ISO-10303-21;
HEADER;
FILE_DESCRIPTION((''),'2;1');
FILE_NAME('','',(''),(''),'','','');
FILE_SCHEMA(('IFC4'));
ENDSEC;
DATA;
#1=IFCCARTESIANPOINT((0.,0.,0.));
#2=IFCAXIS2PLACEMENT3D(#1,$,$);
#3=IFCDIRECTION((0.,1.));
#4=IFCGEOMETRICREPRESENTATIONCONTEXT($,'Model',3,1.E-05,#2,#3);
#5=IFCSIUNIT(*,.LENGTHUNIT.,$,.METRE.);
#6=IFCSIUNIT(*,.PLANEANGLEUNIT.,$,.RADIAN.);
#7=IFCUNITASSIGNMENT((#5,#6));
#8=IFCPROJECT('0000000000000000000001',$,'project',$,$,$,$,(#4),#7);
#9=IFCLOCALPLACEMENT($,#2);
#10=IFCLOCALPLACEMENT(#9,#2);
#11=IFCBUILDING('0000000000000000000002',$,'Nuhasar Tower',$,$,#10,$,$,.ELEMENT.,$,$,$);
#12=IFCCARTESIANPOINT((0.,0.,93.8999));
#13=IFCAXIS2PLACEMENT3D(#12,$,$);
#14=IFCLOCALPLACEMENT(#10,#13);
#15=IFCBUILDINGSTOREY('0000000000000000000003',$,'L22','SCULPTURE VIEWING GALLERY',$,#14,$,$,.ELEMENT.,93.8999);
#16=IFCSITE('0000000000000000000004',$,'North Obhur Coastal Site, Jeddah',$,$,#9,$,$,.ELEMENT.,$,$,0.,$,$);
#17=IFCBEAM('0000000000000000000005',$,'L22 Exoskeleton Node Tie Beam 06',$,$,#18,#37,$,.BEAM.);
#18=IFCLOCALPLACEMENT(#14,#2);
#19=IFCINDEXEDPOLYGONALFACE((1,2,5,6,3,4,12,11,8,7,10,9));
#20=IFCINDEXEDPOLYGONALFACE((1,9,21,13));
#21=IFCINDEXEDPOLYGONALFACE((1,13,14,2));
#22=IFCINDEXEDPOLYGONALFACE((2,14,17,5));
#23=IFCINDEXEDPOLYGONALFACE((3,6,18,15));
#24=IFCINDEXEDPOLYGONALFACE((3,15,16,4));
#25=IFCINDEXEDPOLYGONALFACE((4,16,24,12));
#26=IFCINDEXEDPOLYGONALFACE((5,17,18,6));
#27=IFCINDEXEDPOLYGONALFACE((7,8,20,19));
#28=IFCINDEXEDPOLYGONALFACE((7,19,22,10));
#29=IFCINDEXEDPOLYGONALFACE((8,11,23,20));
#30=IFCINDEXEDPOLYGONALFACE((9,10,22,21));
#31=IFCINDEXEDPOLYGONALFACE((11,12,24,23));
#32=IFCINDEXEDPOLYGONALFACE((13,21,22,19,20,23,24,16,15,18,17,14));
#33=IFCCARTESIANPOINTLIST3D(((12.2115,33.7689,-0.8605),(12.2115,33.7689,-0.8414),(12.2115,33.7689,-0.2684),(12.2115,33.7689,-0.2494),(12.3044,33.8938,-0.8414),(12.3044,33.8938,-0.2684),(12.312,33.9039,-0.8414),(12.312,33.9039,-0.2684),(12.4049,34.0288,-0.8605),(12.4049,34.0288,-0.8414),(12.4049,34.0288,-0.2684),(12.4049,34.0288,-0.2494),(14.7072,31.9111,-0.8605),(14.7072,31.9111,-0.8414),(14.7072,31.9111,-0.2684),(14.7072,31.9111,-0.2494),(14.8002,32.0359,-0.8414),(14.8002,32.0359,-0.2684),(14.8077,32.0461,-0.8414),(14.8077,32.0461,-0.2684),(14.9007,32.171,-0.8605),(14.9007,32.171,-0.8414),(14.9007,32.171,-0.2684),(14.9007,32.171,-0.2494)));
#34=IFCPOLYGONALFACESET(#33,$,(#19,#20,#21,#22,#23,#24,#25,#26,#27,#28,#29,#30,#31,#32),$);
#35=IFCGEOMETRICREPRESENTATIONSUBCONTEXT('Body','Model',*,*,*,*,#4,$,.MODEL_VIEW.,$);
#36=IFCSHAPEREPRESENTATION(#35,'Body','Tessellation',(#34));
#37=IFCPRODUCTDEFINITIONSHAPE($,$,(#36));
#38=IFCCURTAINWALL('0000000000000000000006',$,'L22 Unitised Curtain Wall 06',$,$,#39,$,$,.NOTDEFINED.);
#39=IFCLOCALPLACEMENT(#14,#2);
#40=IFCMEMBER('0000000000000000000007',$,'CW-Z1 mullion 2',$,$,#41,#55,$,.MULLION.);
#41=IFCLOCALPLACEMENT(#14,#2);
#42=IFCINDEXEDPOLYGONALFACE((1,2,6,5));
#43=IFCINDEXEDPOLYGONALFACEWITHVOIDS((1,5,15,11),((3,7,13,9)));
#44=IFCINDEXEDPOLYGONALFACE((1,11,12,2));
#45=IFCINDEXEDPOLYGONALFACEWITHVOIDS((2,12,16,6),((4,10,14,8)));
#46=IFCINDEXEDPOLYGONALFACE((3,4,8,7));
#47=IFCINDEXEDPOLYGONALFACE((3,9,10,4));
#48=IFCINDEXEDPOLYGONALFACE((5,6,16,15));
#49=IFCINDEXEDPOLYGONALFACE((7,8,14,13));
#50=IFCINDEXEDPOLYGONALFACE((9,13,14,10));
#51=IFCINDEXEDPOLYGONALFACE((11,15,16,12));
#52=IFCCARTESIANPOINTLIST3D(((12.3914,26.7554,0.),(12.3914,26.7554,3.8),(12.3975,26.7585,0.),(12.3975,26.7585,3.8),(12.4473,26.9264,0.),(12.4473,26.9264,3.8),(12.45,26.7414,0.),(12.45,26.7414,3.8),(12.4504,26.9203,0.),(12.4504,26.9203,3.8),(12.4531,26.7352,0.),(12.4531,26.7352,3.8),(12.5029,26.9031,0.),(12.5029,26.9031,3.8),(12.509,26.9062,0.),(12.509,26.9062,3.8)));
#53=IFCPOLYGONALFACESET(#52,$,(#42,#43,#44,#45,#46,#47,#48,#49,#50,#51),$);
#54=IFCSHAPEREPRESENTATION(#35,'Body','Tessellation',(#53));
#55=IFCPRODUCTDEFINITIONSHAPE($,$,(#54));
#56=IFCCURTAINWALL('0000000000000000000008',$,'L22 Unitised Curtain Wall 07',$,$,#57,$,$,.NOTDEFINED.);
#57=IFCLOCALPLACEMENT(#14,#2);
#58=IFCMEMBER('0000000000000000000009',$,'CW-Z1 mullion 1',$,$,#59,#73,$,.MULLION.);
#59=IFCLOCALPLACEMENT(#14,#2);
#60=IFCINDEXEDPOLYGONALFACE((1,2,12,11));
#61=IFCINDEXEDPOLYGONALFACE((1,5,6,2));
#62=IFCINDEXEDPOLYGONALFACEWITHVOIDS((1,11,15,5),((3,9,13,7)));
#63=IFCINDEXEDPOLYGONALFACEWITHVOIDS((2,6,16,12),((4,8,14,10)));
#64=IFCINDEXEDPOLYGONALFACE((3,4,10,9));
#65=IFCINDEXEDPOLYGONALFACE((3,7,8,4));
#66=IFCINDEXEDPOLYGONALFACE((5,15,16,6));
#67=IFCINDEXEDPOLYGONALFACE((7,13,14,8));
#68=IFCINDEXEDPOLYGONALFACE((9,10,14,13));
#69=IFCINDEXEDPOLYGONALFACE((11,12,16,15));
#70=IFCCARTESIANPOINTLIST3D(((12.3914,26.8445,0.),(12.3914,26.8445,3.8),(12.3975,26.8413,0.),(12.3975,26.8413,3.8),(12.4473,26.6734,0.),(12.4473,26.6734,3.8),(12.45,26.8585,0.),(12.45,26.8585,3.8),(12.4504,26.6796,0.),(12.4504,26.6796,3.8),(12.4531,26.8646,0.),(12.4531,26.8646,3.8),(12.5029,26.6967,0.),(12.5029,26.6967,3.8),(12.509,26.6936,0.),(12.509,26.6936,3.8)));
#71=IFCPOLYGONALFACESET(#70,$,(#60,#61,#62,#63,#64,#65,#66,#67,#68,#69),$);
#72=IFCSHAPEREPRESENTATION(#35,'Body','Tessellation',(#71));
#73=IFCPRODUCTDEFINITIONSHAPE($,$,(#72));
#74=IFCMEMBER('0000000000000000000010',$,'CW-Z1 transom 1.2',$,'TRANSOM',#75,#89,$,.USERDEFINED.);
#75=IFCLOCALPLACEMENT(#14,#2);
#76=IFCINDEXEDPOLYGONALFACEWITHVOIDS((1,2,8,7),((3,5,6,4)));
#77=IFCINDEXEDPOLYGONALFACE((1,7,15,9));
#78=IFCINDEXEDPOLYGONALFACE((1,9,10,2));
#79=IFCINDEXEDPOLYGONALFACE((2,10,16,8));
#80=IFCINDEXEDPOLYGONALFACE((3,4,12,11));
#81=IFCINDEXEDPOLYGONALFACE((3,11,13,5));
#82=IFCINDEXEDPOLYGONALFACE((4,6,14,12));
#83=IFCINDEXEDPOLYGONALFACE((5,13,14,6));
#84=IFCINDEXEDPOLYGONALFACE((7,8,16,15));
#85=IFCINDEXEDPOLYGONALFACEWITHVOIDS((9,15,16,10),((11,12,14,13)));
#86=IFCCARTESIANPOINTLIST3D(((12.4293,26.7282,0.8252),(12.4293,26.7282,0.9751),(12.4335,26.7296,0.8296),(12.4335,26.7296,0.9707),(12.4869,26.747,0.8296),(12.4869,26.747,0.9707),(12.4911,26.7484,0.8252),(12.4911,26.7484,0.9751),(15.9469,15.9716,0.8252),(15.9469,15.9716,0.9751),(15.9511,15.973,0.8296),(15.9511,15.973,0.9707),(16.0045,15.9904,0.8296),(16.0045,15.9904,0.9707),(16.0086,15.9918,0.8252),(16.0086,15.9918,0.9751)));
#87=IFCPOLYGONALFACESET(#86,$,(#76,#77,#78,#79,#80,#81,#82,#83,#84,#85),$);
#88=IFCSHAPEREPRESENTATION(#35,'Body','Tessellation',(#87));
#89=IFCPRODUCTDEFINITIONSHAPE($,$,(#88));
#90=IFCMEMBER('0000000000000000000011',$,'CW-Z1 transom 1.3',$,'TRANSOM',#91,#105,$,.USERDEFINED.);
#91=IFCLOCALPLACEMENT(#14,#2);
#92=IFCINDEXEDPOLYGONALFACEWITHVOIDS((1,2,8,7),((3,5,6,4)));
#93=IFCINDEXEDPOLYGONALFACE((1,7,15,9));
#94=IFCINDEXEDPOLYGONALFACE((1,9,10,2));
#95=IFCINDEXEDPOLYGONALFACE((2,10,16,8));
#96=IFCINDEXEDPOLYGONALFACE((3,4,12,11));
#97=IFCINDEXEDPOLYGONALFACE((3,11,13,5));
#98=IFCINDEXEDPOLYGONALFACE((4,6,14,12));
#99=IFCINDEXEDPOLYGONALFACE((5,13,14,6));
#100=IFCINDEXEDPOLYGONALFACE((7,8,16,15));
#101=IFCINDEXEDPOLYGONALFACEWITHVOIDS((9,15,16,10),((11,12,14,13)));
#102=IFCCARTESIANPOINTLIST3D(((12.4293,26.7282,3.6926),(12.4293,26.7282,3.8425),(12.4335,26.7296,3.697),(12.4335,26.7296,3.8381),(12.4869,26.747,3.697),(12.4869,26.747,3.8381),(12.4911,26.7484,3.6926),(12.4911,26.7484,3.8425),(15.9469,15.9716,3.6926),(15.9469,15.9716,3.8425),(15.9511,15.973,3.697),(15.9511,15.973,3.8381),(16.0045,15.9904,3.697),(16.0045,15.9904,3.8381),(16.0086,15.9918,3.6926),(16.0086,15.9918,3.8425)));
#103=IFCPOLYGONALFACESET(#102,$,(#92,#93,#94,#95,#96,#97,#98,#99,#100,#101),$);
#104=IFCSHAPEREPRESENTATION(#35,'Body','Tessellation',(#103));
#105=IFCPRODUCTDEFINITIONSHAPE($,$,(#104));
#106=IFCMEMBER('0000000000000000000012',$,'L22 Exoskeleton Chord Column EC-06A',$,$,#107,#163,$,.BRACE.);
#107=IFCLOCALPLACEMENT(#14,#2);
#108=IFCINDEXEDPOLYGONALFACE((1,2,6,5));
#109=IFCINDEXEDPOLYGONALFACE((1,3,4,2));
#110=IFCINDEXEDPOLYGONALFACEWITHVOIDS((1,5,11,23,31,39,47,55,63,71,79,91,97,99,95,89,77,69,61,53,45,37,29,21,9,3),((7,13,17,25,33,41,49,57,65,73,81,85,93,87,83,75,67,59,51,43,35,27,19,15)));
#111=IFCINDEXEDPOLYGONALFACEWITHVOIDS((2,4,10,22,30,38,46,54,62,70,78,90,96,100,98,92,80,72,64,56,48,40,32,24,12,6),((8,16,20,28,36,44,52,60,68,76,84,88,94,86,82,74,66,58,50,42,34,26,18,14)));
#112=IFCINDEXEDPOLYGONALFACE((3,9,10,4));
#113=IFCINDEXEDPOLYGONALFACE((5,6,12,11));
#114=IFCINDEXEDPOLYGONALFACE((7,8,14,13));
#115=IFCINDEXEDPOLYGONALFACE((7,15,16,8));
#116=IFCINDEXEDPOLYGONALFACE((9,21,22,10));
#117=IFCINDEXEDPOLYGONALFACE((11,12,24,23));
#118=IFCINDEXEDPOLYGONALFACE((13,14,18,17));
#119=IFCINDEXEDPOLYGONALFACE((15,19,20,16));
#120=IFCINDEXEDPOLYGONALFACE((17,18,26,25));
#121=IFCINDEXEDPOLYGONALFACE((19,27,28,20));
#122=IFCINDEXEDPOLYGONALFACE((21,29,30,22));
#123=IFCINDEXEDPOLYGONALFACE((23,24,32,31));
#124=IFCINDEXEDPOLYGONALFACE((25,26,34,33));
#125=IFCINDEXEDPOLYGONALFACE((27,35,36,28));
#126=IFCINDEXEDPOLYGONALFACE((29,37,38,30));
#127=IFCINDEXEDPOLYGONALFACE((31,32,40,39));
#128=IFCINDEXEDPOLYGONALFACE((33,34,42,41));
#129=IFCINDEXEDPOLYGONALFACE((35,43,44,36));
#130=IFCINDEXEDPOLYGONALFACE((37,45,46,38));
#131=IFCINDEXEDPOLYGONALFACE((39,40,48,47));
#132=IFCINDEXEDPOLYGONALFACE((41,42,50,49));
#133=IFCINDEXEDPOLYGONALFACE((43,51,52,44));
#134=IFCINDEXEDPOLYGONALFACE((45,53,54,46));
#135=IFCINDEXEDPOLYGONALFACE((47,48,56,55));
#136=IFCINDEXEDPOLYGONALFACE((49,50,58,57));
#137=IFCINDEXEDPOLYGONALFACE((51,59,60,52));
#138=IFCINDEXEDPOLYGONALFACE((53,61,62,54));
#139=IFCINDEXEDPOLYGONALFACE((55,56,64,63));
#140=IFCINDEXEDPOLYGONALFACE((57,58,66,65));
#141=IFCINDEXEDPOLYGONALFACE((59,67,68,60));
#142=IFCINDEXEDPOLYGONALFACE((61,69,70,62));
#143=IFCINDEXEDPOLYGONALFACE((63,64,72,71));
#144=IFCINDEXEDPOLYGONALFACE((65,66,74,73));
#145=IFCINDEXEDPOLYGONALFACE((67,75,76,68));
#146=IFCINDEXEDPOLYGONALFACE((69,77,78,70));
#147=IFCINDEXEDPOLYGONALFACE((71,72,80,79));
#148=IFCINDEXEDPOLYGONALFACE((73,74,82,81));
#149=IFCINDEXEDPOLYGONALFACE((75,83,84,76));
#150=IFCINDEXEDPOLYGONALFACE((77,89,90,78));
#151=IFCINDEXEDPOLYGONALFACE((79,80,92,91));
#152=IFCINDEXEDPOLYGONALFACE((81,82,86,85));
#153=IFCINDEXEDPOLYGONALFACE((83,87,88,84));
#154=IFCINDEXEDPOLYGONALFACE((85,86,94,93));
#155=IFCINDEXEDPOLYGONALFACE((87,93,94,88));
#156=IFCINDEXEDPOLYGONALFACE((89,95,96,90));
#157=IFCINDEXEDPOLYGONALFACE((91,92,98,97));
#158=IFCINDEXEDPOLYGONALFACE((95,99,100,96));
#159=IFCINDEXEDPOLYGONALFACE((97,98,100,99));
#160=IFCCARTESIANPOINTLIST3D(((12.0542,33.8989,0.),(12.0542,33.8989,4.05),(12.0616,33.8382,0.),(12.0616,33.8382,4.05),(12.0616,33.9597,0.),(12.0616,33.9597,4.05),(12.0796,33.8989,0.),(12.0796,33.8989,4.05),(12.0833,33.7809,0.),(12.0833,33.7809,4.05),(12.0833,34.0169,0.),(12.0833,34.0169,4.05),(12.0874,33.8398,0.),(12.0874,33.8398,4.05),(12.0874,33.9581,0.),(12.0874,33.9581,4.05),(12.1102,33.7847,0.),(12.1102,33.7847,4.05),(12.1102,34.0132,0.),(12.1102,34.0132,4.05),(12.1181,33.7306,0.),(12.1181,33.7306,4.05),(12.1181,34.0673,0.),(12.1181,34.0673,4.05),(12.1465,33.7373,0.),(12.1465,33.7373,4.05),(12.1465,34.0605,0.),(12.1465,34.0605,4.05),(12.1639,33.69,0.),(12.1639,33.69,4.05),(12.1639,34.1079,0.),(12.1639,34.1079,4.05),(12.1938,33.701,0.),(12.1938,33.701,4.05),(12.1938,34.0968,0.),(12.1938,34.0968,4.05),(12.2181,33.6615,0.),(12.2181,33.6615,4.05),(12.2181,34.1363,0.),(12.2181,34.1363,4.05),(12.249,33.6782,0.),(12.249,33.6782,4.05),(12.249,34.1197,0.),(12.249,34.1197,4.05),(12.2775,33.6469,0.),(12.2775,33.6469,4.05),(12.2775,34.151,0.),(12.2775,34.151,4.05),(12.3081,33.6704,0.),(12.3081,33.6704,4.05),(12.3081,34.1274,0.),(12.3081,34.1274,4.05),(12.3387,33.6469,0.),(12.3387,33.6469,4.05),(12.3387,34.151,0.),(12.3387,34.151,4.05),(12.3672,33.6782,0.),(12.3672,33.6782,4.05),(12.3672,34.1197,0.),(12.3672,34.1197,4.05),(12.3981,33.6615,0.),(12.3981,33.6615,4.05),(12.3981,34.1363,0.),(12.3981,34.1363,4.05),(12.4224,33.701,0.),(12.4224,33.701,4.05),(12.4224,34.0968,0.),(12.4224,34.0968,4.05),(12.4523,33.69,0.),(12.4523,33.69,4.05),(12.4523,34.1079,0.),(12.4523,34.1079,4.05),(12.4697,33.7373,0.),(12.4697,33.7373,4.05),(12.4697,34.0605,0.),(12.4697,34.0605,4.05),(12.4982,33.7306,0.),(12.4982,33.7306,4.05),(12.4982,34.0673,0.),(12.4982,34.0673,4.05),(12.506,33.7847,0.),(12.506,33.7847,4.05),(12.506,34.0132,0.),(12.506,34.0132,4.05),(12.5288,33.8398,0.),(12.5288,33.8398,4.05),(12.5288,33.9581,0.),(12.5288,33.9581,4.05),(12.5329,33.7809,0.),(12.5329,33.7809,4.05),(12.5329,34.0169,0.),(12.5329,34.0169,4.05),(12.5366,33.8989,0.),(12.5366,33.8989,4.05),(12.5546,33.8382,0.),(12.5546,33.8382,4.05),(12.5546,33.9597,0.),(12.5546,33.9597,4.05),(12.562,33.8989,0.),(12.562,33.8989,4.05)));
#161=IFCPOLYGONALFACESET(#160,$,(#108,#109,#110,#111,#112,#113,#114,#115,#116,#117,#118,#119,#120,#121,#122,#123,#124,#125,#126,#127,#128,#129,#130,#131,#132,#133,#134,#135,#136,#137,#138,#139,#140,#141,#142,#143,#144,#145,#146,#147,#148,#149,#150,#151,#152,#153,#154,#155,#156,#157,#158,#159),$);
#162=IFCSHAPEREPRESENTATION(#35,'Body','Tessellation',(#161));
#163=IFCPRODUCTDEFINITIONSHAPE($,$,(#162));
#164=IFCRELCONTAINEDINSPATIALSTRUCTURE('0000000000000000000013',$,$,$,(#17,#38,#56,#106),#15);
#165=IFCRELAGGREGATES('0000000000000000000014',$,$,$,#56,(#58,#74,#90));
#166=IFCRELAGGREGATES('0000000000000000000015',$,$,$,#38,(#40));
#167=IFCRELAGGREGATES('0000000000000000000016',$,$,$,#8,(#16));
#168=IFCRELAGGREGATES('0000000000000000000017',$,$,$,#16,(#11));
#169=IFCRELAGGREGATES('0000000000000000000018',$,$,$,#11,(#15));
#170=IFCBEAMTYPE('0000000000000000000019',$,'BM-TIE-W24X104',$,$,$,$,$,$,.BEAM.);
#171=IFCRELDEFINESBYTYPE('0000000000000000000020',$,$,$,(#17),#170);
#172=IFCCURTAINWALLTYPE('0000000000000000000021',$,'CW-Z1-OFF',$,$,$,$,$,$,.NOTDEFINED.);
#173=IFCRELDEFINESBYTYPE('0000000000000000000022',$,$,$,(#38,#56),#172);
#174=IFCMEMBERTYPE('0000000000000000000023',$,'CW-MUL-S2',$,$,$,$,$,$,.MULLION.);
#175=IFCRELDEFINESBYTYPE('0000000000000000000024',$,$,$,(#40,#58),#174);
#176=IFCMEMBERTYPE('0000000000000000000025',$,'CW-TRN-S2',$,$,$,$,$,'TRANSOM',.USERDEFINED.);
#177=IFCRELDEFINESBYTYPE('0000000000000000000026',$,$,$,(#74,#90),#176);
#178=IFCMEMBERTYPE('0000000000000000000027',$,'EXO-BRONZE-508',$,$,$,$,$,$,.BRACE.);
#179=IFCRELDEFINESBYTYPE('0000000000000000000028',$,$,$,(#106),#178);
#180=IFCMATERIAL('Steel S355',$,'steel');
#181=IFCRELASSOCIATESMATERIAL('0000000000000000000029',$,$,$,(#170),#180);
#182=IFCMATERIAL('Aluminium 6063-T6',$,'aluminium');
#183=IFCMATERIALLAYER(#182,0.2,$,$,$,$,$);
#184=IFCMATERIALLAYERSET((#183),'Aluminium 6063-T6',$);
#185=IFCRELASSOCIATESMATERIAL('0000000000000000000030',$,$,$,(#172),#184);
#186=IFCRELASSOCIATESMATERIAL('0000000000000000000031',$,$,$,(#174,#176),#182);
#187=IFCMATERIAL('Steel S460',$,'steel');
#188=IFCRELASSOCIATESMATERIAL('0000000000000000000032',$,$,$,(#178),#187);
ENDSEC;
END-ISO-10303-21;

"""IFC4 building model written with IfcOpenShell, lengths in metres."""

from ifc_helpers import new_model, si_unit, direction, frame, origin, origin_2d, place, context, subcontext, project, spatial, hollow_rectangle, hollow_circle, i_section, extrude, material, layer, layer_set, material_profile, profile_set, type_object, element, aggregate, save


model = new_model("IFC4")

# Units and contexts
model_context = context("Model", 3, precision=1e-05, world=origin(), true_north=direction((0.0, 1.0)))
body_context = subcontext(model_context, "Body", "Model", "MODEL_VIEW")
ifc_project = project(units=[si_unit("LENGTHUNIT", "METRE"), si_unit("PLANEANGLEUNIT", "RADIAN")], contexts=[model_context])

# Site, building, storey
site_placement = place(None, origin())
site = spatial("IfcSite", under=ifc_project, at=site_placement, Name="North Obhur Coastal Site, Jeddah", CompositionType="ELEMENT", RefElevation=0.0)
building_placement = place(site_placement, origin())
building = spatial("IfcBuilding", under=site, at=building_placement, Name="Nuhasar Tower", CompositionType="ELEMENT")
storey_placement = place(building_placement, frame((0.0, 0.0, 93.8999)))
storey = spatial("IfcBuildingStorey", under=building, at=storey_placement, Name="L22", Description="SCULPTURE VIEWING GALLERY", CompositionType="ELEMENT", Elevation=93.8999)

# Beam
ifc_material_1 = material(Name="Steel S355", Category="steel")
ifc_material_profile_1 = material_profile(ifc_material_1, i_section(OverallWidth=0.324, OverallDepth=0.6111, WebThickness=0.0127, FlangeThickness=0.019, at=origin_2d()), Name="W24X104")
ifc_profile_set_1 = profile_set([ifc_material_profile_1], Name="Steel S355")
beam_type_1 = type_object("IfcBeamType", Name="BM-TIE-W24X104", PredefinedType="BEAM", material=ifc_profile_set_1)
beam_1_placement = place(storey_placement, frame((14.804, 32.041, -0.5549), z_axis=(-0.802151, 0.597121, 0.0), x_axis=(-0.597121, -0.802151, 0.0)))
element("IfcBeam", 1, at=beam_1_placement, inside=storey, type_object=beam_type_1, Name="L22 Exoskeleton Node Tie Beam 06", PredefinedType="BEAM", context=body_context, shape_type="SweptSolid", body=[
    extrude(i_section(OverallWidth=0.324, OverallDepth=0.6111, WebThickness=0.0127, FlangeThickness=0.019, at=origin_2d()), origin(), (0.0, 0.0, 1.0), 3.1113),
])

# Curtain wall, member
ifc_material_2 = material(Name="Aluminium 6063-T6", Category="aluminium")
ifc_layer_1 = layer(ifc_material_2, 0.2)
ifc_layer_set_1 = layer_set([ifc_layer_1], Name="Aluminium 6063-T6")
curtain_wall_type = type_object("IfcCurtainWallType", Name="CW-Z1-OFF", PredefinedType="NOTDEFINED", material=ifc_layer_set_1)
curtain_wall_1_placement = place(storey_placement, origin())
curtain_wall_1 = element("IfcCurtainWall", 2, at=curtain_wall_1_placement, inside=storey, type_object=curtain_wall_type, Name="L22 Unitised Curtain Wall 06", PredefinedType="NOTDEFINED")
ifc_material_profile_2 = material_profile(ifc_material_2, hollow_rectangle(XDim=0.0649, YDim=0.1799, WallThickness=0.0049, at=origin_2d()), Name="CWM-2")
ifc_profile_set_2 = profile_set([ifc_material_profile_2], Name="Aluminium 6063-T6")
member_type_1 = type_object("IfcMemberType", Name="CW-MUL-S2", PredefinedType="MULLION", material=ifc_profile_set_2)
member_1_placement = place(storey_placement, frame((12.4502, 26.8308, 0.0), z_axis=(0.0, 0.0, 1.0), x_axis=(0.950468, -0.310824, 0.0)))
member_1 = element("IfcMember", 3, at=member_1_placement, type_object=member_type_1, Name="CW-Z1 mullion 2", PredefinedType="MULLION", context=body_context, shape_type="SweptSolid", body=[
    extrude(hollow_rectangle(XDim=0.0649, YDim=0.1799, WallThickness=0.0049, at=origin_2d()), origin(), (0.0, 0.0, 1.0), 3.8),
])

# Curtain wall, members
curtain_wall_2_placement = place(storey_placement, origin())
curtain_wall_2 = element("IfcCurtainWall", 4, at=curtain_wall_2_placement, inside=storey, type_object=curtain_wall_type, Name="L22 Unitised Curtain Wall 07", PredefinedType="NOTDEFINED")
member_2_placement = place(storey_placement, frame((12.4502, 26.769, 0.0), z_axis=(0.0, 0.0, 1.0), x_axis=(0.950468, 0.310824, 0.0)))
member_2 = element("IfcMember", 5, at=member_2_placement, type_object=member_type_1, Name="CW-Z1 mullion 1", PredefinedType="MULLION", context=body_context, shape_type="SweptSolid", body=[
    extrude(hollow_rectangle(XDim=0.0649, YDim=0.1799, WallThickness=0.0049, at=origin_2d()), origin(), (0.0, 0.0, 1.0), 3.8),
])
ifc_material_profile_3 = material_profile(ifc_material_2, hollow_rectangle(XDim=0.0649, YDim=0.1499, WallThickness=0.0044, at=origin_2d()), Name="CWT-2")
ifc_profile_set_3 = profile_set([ifc_material_profile_3], Name="Aluminium 6063-T6")
member_type_2 = type_object("IfcMemberType", Name="CW-TRN-S2", ElementType="TRANSOM", PredefinedType="USERDEFINED", material=ifc_profile_set_3)
member_3_placement = place(storey_placement, frame((12.4602, 26.7383, 0.9001), z_axis=(0.310819, -0.950469, 0.0), x_axis=(0.950469, 0.310819, 0.0)))
member_3 = element("IfcMember", 6, at=member_3_placement, type_object=member_type_2, Name="CW-Z1 transom 1.2", ObjectType="TRANSOM", PredefinedType="USERDEFINED", context=body_context, shape_type="SweptSolid", body=[
    extrude(hollow_rectangle(XDim=0.0649, YDim=0.1499, WallThickness=0.0044, at=origin_2d()), origin(), (0.0, 0.0, 1.0), 11.3171),
])
member_4_placement = place(storey_placement, frame((12.4602, 26.7383, 3.7676), z_axis=(0.310819, -0.950469, 0.0), x_axis=(0.950469, 0.310819, 0.0)))
member_4 = element("IfcMember", 7, at=member_4_placement, type_object=member_type_2, Name="CW-Z1 transom 1.3", ObjectType="TRANSOM", PredefinedType="USERDEFINED", context=body_context, shape_type="SweptSolid", body=[
    extrude(hollow_rectangle(XDim=0.0649, YDim=0.1499, WallThickness=0.0044, at=origin_2d()), origin(), (0.0, 0.0, 1.0), 11.3171),
])
aggregate(curtain_wall_2, [member_2, member_3, member_4])

# Member
ifc_material_3 = material(Name="Steel S460", Category="steel")
ifc_material_profile_4 = material_profile(ifc_material_3, hollow_circle(Radius=0.2539, WallThickness=0.0254, at=origin_2d()), Name="HSS508X25.4")
ifc_profile_set_4 = profile_set([ifc_material_profile_4], Name="Steel S460")
member_type_3 = type_object("IfcMemberType", Name="EXO-BRONZE-508", PredefinedType="BRACE", material=ifc_profile_set_4)
for number, where, z_axis, x_axis, name in (
    (8, (12.3081, 33.8989, 0.0), (0.0, 0.0, 1.0), (1.0, 0.0, 0.0), "L22 Exoskeleton Chord Column EC-06A"),
):
    element("IfcMember", number, at=place(storey_placement, frame(where, z_axis=z_axis, x_axis=x_axis)), inside=storey, type_object=member_type_3, Name=name, PredefinedType="BRACE", context=body_context, shape_type="SweptSolid", body=[
        extrude(hollow_circle(Radius=0.2539, WallThickness=0.0254, at=origin_2d()), origin(), (0.0, 0.0, 1.0), 4.05),
    ])

aggregate(curtain_wall_1, [member_1])

save(model, "model.ifc")
